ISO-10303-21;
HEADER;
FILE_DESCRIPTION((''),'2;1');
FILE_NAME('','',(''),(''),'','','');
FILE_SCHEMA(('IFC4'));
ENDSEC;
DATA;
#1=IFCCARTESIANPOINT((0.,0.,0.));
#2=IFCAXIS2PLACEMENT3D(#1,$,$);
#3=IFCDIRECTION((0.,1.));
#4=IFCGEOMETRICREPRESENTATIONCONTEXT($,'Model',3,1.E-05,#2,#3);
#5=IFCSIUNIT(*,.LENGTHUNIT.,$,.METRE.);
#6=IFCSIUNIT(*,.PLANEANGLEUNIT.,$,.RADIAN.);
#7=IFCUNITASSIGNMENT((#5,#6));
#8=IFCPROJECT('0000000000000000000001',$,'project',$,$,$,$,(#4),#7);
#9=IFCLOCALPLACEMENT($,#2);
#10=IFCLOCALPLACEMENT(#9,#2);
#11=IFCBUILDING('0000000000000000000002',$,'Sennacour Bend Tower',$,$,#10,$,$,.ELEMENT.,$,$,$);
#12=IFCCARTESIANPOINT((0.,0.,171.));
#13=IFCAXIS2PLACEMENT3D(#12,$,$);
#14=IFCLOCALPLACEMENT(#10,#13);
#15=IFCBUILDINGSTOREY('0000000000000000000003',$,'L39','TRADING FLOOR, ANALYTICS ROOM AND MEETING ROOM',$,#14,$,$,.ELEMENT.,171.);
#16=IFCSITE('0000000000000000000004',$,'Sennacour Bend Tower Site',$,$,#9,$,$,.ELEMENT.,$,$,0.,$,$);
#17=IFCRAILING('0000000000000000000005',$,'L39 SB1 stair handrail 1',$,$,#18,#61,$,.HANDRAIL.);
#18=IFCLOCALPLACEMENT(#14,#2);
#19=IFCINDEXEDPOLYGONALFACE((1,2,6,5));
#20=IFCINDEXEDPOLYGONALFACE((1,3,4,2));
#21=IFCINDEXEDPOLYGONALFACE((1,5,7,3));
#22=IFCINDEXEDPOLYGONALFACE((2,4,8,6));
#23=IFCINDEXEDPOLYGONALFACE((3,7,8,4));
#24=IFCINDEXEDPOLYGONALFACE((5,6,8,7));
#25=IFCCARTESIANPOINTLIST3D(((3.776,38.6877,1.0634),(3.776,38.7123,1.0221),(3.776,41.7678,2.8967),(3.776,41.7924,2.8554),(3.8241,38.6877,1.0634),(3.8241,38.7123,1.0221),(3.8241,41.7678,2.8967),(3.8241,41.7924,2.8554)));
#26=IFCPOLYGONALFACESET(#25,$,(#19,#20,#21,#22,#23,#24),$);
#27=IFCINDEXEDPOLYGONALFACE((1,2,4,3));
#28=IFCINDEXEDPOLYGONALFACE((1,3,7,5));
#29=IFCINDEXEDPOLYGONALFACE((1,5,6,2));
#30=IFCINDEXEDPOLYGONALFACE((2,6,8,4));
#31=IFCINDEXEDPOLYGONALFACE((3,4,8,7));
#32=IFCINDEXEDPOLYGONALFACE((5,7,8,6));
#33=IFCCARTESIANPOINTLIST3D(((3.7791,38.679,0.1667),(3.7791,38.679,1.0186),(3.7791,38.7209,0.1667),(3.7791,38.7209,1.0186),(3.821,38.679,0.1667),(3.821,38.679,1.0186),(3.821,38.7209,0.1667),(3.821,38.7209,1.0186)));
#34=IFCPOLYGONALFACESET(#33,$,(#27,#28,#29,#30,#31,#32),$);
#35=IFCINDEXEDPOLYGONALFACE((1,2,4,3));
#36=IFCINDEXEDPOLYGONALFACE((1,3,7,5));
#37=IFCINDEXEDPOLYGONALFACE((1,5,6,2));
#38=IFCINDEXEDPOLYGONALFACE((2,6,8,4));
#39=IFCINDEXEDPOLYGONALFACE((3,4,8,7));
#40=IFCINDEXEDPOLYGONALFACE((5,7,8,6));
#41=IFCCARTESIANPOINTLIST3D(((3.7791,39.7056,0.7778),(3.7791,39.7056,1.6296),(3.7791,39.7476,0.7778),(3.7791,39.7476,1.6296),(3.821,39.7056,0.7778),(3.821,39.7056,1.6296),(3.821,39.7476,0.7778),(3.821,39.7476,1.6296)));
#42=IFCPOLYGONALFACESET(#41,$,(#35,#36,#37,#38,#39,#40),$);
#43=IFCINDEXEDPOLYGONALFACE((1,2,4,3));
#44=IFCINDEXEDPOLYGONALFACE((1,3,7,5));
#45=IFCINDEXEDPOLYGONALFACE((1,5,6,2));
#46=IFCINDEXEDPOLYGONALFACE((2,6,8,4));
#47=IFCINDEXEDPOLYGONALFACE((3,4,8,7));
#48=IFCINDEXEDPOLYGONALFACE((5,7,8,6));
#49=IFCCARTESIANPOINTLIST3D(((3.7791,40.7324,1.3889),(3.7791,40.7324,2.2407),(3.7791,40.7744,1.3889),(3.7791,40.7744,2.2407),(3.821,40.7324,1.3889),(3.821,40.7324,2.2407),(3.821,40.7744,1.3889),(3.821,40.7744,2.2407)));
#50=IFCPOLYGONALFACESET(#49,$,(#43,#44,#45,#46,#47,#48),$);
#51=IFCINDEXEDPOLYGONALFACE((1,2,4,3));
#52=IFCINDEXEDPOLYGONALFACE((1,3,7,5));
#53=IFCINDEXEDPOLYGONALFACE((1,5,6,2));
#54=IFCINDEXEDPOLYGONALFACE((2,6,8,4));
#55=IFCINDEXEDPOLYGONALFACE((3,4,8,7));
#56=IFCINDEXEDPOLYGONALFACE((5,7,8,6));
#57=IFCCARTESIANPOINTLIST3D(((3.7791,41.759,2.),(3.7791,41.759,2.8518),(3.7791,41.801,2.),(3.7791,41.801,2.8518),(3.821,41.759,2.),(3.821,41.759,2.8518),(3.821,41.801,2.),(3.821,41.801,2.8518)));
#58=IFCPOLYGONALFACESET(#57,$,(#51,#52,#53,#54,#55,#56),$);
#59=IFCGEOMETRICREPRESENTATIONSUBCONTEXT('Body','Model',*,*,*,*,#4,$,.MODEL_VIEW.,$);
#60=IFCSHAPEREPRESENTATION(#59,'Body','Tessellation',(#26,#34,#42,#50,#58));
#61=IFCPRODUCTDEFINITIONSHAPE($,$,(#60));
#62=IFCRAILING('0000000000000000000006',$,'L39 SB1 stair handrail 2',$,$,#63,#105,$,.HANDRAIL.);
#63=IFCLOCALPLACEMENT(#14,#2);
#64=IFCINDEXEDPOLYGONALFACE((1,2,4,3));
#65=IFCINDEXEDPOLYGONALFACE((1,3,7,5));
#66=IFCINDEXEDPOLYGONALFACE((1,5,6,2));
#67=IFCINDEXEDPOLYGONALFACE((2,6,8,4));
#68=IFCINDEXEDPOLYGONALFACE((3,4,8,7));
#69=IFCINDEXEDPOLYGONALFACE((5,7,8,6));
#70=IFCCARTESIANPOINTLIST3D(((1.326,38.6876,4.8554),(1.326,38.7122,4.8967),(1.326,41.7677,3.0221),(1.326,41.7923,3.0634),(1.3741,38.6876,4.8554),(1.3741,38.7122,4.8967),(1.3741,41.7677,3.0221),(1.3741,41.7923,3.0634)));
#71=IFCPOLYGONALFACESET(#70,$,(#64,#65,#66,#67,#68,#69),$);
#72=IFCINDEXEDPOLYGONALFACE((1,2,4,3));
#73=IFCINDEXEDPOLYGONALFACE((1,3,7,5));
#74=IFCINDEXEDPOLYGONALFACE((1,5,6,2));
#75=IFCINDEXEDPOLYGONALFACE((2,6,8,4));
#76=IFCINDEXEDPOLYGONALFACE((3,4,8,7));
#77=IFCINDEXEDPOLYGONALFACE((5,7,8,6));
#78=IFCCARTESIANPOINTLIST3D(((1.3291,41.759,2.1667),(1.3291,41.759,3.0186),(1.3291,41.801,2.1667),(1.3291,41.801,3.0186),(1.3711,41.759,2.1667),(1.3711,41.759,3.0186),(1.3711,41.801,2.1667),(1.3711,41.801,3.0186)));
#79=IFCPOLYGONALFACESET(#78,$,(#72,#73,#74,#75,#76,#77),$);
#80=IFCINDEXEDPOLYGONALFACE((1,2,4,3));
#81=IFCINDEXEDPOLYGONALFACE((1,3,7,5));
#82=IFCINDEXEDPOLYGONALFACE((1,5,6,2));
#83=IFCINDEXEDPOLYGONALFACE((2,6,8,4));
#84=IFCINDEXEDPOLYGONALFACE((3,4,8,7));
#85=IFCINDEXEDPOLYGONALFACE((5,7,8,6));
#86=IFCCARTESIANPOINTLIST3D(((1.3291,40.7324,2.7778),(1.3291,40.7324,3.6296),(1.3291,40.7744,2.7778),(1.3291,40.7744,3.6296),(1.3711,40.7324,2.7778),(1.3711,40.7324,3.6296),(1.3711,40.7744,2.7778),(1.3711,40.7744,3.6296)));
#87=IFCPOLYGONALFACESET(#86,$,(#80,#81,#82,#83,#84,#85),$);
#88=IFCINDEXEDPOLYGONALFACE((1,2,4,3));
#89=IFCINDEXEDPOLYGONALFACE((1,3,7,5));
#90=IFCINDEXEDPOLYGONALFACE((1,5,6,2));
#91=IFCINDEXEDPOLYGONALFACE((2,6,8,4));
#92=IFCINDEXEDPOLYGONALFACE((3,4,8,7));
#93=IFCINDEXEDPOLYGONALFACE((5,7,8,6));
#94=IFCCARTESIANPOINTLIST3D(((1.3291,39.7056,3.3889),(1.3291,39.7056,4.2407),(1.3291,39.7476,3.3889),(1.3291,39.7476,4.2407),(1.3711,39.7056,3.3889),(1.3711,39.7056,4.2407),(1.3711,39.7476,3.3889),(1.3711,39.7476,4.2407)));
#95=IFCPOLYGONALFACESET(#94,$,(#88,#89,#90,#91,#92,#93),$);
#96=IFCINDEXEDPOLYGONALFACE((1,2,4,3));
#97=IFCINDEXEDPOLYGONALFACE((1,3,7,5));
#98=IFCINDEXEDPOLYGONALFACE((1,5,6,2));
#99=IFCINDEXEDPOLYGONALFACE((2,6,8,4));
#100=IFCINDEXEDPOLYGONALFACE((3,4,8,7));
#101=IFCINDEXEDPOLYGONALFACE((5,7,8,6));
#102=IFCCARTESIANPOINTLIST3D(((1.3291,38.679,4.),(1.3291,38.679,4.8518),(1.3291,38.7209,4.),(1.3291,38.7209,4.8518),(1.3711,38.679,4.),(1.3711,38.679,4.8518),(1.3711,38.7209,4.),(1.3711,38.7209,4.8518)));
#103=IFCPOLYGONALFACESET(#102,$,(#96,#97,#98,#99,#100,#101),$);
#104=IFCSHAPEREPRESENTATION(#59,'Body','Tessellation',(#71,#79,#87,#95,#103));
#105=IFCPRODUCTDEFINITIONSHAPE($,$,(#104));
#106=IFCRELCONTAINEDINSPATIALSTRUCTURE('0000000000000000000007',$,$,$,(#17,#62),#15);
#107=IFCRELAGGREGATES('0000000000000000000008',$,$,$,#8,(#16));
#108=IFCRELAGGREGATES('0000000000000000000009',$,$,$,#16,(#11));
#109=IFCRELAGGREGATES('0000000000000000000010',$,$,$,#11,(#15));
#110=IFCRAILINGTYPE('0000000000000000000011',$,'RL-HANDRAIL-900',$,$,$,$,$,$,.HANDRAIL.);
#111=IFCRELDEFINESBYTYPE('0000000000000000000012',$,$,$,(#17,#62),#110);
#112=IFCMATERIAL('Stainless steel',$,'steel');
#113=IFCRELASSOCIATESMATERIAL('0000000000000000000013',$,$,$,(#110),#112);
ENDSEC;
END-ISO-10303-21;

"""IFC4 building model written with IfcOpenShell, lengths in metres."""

from ifc_helpers import new_model, si_unit, direction, frame, origin, origin_2d, place, context, subcontext, project, spatial, rectangle, extrude, material, type_object, element, save


model = new_model("IFC4")

# Units and contexts
model_context = context("Model", 3, precision=1e-05, world=origin(), true_north=direction((0.0, 1.0)))
body_context = subcontext(model_context, "Body", "Model", "MODEL_VIEW")
ifc_project = project(units=[si_unit("LENGTHUNIT", "METRE"), si_unit("PLANEANGLEUNIT", "RADIAN")], contexts=[model_context])

# Site, building, storey
site_placement = place(None, origin())
site = spatial("IfcSite", under=ifc_project, at=site_placement, Name="Sennacour Bend Tower Site", CompositionType="ELEMENT", RefElevation=0.0)
building_placement = place(site_placement, origin())
building = spatial("IfcBuilding", under=site, at=building_placement, Name="Sennacour Bend Tower", CompositionType="ELEMENT")
storey_placement = place(building_placement, frame((0.0, 0.0, 171.0)))
storey = spatial("IfcBuildingStorey", under=building, at=storey_placement, Name="L39", Description="TRADING FLOOR, ANALYTICS ROOM AND MEETING ROOM", CompositionType="ELEMENT", Elevation=171.0)

# Railings
ifc_material_1 = material(Name="Stainless steel", Category="steel")
railing_type_1 = type_object("IfcRailingType", Name="RL-HANDRAIL-900", PredefinedType="HANDRAIL", material=ifc_material_1)
railing_1_placement = place(storey_placement, frame((3.8, 38.7, 0.1667)))
element("IfcRailing", 1, at=railing_1_placement, inside=storey, type_object=railing_type_1, Name="L39 SB1 stair handrail 1", PredefinedType="HANDRAIL", context=body_context, shape_type="SweptSolid", body=[
    extrude(rectangle(XDim=0.0481, YDim=0.0481, at=origin_2d()), frame((0.0, 0.0, 0.876), z_axis=(0.0, 0.859309, 0.511458), x_axis=(-1.0, 0.0, 0.0)), (0.0, 0.0, 1.0), 3.5845),
    extrude(rectangle(XDim=0.042, YDim=0.042, at=origin_2d()), origin(), (0.0, 0.0, 1.0), 0.8518),
    extrude(rectangle(XDim=0.042, YDim=0.042, at=origin_2d()), frame((0.0, 1.0266, 0.6111)), (0.0, 0.0, 1.0), 0.8518),
    extrude(rectangle(XDim=0.042, YDim=0.042, at=origin_2d()), frame((0.0, 2.0535, 1.2222)), (0.0, 0.0, 1.0), 0.8518),
    extrude(rectangle(XDim=0.042, YDim=0.042, at=origin_2d()), frame((0.0, 3.0801, 1.8333)), (0.0, 0.0, 1.0), 0.8518),
])
railing_2_placement = place(storey_placement, frame((1.3501, 41.78, 2.1667)))
element("IfcRailing", 2, at=railing_2_placement, inside=storey, type_object=railing_type_1, Name="L39 SB1 stair handrail 2", PredefinedType="HANDRAIL", context=body_context, shape_type="SweptSolid", body=[
    extrude(rectangle(XDim=0.0481, YDim=0.0481, at=origin_2d()), frame((0.0, 0.0, 0.876), z_axis=(0.0, -0.859309, 0.511458), x_axis=(1.0, 0.0, 0.0)), (0.0, 0.0, 1.0), 3.5845),
    extrude(rectangle(XDim=0.042, YDim=0.042, at=origin_2d()), origin(), (0.0, 0.0, 1.0), 0.8518),
    extrude(rectangle(XDim=0.042, YDim=0.042, at=origin_2d()), frame((0.0, -1.0266, 0.6111)), (0.0, 0.0, 1.0), 0.8518),
    extrude(rectangle(XDim=0.042, YDim=0.042, at=origin_2d()), frame((0.0, -2.0535, 1.2222)), (0.0, 0.0, 1.0), 0.8518),
    extrude(rectangle(XDim=0.042, YDim=0.042, at=origin_2d()), frame((0.0, -3.0801, 1.8333)), (0.0, 0.0, 1.0), 0.8518),
])

save(model, "model.ifc")
